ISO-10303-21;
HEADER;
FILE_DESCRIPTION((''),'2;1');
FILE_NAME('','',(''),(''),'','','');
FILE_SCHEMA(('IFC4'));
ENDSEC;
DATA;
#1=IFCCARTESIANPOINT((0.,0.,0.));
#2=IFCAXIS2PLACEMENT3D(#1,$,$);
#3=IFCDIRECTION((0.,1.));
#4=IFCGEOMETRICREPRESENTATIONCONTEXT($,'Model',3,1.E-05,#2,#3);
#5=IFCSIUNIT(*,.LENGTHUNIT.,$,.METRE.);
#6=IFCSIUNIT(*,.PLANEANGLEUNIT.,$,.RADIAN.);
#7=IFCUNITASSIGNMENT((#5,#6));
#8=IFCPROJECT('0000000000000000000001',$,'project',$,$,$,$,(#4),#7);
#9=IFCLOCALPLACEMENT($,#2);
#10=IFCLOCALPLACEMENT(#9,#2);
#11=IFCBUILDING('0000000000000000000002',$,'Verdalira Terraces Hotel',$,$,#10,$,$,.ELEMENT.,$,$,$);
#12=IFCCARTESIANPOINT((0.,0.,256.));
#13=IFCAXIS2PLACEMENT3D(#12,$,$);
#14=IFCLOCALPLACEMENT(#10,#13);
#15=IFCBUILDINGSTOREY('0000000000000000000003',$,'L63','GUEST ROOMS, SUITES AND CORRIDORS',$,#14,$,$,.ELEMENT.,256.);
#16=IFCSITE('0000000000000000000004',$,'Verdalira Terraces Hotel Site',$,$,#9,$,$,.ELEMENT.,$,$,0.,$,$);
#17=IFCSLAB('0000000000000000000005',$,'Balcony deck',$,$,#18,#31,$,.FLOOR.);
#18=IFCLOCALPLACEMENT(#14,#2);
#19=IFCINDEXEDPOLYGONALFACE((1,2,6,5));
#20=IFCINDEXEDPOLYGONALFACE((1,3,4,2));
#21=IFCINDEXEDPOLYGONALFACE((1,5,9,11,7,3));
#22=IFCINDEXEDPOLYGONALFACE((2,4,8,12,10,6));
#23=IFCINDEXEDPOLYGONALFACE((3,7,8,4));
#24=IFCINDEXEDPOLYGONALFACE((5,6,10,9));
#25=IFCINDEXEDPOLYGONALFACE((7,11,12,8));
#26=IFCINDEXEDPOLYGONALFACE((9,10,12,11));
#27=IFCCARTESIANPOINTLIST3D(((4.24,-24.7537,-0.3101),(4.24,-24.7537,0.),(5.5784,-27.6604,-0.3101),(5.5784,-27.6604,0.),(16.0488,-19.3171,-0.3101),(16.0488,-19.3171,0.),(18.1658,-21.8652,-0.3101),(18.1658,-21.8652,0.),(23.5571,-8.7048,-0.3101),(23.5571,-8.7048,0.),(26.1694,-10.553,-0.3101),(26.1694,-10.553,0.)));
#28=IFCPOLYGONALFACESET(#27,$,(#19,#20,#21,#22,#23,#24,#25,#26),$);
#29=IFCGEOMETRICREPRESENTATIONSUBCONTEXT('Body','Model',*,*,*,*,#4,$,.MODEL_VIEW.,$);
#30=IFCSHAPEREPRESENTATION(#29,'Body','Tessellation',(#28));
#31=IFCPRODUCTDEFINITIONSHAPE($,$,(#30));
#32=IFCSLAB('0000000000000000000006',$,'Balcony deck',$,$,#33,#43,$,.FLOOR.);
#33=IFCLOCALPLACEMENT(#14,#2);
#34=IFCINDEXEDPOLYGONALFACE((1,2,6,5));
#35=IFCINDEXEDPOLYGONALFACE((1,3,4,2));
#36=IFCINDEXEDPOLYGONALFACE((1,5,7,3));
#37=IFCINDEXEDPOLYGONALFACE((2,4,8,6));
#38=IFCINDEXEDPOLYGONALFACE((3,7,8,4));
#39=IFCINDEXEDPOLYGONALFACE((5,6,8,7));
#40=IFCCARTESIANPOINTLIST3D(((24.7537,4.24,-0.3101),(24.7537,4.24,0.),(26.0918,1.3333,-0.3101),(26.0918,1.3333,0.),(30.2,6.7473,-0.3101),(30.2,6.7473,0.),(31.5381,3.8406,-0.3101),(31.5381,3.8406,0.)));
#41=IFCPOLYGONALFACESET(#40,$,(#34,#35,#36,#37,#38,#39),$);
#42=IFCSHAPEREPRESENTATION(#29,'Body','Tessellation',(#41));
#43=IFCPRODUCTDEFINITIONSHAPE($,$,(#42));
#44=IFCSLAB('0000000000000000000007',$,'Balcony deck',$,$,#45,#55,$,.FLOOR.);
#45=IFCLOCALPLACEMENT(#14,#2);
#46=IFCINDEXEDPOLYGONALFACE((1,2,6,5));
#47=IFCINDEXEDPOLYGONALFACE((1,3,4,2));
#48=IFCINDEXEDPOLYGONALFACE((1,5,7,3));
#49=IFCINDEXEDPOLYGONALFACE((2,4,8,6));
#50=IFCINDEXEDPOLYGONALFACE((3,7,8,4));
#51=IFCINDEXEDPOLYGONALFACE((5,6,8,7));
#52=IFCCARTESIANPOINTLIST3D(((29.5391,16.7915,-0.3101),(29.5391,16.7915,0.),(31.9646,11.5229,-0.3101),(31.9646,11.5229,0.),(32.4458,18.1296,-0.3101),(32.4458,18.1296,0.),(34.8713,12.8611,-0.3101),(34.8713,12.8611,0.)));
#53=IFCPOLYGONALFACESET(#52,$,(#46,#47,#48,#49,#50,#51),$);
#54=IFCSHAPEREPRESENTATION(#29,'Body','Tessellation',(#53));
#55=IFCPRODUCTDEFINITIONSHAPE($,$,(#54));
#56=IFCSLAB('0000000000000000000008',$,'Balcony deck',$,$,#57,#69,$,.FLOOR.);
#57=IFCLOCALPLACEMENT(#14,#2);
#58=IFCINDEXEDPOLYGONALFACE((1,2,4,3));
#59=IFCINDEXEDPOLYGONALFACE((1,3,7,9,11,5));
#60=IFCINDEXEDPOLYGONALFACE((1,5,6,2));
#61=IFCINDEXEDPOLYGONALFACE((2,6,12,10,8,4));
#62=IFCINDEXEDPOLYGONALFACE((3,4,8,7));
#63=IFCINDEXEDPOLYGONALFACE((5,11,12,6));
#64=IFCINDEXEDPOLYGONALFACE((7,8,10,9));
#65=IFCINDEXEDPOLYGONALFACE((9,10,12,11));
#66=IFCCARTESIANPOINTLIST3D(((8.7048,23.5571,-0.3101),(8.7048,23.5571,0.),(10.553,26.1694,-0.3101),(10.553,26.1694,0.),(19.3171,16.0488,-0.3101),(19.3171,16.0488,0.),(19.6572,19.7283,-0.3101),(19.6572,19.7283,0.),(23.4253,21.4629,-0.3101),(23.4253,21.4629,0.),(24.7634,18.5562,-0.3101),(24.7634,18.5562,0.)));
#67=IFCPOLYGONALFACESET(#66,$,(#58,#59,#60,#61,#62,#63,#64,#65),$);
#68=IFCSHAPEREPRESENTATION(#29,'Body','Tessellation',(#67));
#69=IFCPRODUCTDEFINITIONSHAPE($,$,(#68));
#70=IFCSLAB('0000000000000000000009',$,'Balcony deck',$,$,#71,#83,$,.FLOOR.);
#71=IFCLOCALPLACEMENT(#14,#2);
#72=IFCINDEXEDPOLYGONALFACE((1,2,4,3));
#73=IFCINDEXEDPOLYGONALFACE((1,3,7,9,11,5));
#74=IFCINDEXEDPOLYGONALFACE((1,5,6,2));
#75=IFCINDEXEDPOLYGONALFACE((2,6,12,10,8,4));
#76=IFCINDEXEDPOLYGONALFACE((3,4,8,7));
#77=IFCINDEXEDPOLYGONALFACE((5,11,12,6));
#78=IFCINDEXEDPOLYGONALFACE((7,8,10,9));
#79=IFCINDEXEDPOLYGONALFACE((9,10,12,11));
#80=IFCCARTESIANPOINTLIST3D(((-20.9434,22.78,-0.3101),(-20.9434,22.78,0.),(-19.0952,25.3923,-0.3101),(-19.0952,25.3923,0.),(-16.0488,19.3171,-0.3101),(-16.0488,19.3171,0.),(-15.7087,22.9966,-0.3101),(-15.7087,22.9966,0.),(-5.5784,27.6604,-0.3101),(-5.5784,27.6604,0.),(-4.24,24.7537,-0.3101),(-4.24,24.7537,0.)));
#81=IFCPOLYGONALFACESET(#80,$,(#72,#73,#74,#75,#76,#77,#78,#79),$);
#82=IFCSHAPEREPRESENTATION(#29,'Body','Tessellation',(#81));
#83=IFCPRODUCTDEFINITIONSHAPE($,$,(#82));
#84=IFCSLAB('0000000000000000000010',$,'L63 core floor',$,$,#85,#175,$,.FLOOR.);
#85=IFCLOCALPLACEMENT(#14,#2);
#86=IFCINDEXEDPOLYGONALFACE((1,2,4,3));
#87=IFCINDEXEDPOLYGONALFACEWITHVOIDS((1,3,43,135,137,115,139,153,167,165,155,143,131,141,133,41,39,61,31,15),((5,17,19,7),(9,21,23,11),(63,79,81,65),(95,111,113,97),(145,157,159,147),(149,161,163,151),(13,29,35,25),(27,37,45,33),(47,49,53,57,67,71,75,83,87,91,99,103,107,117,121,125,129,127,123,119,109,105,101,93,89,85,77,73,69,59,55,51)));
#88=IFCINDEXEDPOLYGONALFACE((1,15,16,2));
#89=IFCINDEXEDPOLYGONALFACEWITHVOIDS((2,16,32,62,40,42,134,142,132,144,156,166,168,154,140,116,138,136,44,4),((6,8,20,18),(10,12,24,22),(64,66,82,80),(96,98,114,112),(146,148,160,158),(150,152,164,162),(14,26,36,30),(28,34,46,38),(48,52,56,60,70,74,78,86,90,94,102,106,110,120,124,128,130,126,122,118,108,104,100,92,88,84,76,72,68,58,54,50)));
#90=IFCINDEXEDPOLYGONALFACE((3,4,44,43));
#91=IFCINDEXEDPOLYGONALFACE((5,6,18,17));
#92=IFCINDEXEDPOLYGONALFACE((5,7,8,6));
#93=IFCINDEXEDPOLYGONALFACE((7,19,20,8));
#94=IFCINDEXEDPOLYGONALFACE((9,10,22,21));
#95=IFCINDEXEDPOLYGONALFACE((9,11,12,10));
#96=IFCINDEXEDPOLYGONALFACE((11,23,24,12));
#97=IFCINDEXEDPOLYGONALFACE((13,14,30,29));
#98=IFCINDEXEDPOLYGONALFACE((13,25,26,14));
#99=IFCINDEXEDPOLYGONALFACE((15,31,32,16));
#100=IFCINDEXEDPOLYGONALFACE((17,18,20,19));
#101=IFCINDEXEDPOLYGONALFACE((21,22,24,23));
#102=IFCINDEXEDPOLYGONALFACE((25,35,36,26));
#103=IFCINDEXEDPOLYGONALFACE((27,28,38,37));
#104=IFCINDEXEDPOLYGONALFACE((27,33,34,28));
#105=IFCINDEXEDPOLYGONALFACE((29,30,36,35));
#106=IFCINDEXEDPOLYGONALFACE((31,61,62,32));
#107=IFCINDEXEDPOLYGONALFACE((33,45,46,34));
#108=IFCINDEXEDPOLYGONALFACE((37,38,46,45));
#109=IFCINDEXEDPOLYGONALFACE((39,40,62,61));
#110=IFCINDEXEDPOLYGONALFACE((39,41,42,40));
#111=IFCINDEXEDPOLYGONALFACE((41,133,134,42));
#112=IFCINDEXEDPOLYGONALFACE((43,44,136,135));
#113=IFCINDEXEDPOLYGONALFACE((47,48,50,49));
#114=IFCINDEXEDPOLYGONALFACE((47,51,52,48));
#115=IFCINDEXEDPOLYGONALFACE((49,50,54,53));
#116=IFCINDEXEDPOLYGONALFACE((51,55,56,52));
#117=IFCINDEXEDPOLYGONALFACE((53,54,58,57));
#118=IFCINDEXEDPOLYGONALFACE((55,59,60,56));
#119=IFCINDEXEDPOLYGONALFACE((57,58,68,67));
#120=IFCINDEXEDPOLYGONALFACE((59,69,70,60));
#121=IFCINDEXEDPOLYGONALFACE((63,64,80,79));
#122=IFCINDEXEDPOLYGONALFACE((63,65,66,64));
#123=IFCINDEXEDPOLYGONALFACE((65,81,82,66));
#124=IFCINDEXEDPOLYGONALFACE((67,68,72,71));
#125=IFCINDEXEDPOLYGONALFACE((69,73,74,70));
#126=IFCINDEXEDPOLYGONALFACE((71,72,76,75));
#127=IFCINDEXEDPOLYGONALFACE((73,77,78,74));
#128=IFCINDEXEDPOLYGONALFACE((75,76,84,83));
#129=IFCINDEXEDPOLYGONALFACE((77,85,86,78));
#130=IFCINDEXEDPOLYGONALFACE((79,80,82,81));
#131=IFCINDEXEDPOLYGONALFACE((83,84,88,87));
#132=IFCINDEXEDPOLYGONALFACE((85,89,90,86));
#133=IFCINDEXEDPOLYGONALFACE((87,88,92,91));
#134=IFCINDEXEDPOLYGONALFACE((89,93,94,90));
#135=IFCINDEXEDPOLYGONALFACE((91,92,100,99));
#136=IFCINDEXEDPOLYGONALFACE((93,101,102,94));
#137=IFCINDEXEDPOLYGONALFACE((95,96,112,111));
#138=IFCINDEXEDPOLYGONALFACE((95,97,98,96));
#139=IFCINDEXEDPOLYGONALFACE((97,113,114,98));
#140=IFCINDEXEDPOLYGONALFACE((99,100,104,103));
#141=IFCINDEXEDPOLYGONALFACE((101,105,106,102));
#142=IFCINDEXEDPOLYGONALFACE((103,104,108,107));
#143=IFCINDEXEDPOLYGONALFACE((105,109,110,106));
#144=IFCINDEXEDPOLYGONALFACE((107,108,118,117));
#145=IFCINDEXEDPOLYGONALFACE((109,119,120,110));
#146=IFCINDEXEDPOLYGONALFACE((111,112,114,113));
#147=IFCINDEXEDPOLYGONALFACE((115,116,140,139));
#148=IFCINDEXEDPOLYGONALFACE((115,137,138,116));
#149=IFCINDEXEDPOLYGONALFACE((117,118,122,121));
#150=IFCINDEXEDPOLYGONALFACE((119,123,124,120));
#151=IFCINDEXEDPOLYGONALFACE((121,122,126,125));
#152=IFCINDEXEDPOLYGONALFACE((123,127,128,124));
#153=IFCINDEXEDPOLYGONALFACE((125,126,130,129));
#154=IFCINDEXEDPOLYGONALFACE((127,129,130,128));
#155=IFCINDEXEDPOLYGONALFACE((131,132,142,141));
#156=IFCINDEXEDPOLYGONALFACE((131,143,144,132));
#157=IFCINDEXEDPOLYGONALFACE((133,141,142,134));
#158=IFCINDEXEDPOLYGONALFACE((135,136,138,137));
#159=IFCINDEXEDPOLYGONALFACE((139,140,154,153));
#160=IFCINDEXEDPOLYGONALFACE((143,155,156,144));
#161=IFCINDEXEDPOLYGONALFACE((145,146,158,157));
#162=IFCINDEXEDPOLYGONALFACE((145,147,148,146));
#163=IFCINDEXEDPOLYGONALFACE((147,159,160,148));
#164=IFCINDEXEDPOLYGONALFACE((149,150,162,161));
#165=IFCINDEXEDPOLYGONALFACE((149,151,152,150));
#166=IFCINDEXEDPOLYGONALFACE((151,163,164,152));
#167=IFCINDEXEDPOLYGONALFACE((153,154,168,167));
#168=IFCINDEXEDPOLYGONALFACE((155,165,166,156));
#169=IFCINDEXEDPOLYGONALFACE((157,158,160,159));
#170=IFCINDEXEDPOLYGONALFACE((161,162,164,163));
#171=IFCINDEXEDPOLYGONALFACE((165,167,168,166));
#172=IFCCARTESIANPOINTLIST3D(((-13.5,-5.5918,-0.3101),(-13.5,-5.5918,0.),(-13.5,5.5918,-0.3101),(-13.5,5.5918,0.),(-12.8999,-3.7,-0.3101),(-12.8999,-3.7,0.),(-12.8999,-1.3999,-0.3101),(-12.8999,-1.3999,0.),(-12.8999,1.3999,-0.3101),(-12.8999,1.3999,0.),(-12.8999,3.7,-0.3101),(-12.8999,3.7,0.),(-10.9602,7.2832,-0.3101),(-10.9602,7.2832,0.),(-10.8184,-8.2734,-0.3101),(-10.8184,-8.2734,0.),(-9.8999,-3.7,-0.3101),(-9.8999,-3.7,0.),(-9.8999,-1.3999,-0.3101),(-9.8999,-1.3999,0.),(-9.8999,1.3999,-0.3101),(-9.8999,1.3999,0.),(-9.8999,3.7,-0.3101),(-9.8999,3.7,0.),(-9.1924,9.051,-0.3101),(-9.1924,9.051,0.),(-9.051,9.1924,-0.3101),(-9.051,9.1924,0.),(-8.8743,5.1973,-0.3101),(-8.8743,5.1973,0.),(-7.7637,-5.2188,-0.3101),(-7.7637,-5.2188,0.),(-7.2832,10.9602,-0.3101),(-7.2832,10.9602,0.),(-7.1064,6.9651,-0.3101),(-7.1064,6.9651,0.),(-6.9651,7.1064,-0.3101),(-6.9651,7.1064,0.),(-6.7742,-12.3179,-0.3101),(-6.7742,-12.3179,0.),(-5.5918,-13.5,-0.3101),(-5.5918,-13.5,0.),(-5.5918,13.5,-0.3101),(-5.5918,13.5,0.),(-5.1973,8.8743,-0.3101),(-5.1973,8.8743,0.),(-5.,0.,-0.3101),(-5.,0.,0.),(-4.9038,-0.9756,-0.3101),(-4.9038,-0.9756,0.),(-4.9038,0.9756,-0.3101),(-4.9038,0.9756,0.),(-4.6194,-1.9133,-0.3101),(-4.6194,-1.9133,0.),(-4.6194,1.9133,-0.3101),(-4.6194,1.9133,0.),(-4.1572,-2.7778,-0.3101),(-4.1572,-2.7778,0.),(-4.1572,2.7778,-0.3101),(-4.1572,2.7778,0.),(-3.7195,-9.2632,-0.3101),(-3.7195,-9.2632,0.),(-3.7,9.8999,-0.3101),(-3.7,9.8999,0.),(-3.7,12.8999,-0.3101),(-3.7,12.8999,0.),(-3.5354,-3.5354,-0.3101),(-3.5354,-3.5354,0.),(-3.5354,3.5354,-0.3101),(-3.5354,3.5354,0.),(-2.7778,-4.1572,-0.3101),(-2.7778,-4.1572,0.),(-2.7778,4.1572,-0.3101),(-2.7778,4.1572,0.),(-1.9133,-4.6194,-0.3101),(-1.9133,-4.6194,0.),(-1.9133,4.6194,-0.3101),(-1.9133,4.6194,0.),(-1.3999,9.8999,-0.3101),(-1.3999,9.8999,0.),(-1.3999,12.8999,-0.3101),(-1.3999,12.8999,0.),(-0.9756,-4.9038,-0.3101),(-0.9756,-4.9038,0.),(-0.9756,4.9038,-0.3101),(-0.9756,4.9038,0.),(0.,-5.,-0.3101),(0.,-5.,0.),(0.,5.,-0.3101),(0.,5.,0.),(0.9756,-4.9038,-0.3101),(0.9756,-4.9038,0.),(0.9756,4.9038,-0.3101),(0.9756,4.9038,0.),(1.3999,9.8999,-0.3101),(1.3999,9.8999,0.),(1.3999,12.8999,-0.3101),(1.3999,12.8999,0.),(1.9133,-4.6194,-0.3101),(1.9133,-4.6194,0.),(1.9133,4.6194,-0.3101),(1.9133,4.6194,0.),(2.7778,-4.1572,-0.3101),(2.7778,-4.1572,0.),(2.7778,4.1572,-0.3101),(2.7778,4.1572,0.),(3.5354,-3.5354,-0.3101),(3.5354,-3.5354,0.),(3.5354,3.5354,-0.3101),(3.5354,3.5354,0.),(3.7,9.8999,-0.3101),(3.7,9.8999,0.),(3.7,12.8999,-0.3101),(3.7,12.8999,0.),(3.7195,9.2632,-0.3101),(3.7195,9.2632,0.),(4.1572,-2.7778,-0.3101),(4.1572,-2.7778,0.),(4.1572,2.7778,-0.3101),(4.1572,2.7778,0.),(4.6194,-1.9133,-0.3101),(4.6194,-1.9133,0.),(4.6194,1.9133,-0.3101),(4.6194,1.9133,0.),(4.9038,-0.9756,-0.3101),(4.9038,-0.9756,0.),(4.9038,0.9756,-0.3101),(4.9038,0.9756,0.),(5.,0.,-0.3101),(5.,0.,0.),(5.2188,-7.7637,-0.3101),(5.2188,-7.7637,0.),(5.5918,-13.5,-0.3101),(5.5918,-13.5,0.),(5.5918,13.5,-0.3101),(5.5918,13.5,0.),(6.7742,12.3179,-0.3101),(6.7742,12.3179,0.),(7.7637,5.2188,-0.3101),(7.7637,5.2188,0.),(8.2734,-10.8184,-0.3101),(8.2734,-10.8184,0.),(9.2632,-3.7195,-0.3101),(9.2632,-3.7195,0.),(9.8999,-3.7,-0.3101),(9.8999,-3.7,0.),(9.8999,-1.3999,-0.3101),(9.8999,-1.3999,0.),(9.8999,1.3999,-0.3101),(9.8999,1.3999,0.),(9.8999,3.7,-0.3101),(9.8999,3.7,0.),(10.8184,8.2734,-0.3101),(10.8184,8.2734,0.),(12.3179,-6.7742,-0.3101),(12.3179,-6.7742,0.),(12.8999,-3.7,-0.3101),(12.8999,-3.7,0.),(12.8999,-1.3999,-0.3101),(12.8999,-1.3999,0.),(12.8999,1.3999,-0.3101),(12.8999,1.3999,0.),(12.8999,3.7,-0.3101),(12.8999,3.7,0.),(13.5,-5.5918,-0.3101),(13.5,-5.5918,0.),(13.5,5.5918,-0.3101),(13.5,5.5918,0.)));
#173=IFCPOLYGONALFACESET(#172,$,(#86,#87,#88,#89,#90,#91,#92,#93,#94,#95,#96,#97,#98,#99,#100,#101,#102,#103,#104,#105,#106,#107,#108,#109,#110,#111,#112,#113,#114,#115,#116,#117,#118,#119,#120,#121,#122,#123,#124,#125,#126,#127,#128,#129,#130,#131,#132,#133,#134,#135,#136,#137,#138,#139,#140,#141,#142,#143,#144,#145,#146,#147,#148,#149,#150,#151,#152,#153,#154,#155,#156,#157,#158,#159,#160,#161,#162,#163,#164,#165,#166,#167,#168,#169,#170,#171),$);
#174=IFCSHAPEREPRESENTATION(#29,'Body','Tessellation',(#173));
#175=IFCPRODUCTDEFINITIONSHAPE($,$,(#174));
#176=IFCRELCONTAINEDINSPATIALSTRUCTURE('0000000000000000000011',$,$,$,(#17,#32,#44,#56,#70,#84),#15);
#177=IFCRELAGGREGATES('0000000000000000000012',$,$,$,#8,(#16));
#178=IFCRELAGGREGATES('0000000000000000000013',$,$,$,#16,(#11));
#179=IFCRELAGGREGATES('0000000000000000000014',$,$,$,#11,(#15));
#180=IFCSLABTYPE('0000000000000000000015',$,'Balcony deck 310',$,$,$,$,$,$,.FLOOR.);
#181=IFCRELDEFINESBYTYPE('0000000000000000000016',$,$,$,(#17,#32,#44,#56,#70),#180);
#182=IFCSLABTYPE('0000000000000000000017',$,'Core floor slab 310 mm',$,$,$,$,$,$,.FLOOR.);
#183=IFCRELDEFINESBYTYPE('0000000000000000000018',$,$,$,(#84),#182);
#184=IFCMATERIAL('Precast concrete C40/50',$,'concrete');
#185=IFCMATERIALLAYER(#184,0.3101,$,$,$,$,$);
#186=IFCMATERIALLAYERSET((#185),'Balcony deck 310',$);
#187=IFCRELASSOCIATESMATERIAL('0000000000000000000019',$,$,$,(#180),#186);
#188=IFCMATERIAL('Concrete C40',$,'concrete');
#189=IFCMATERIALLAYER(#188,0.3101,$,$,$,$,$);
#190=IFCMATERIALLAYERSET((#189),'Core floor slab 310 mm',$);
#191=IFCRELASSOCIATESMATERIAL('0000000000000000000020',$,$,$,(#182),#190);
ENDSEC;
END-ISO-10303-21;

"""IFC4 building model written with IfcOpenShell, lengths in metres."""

from ifc_helpers import new_model, si_unit, direction, frame, origin, place, context, subcontext, project, spatial, polyline, outline, extrude, material, layer, layer_set, type_object, element, save


model = new_model("IFC4")

# Units and contexts
model_context = context("Model", 3, precision=1e-05, world=origin(), true_north=direction((0.0, 1.0)))
body_context = subcontext(model_context, "Body", "Model", "MODEL_VIEW")
ifc_project = project(units=[si_unit("LENGTHUNIT", "METRE"), si_unit("PLANEANGLEUNIT", "RADIAN")], contexts=[model_context])

# Site, building, storey
site_placement = place(None, origin())
site = spatial("IfcSite", under=ifc_project, at=site_placement, Name="Verdalira Terraces Hotel Site", CompositionType="ELEMENT", RefElevation=0.0)
building_placement = place(site_placement, origin())
building = spatial("IfcBuilding", under=site, at=building_placement, Name="Verdalira Terraces Hotel", CompositionType="ELEMENT")
storey_placement = place(building_placement, frame((0.0, 0.0, 256.0)))
storey = spatial("IfcBuildingStorey", under=building, at=storey_placement, Name="L63", Description="GUEST ROOMS, SUITES AND CORRIDORS", CompositionType="ELEMENT", Elevation=256.0)

# Slabs
ifc_material_1 = material(Name="Precast concrete C40/50", Category="concrete")
ifc_layer_1 = layer(ifc_material_1, 0.3101)
ifc_layer_set_1 = layer_set([ifc_layer_1], Name="Balcony deck 310")
slab_type_1 = type_object("IfcSlabType", Name="Balcony deck 310", PredefinedType="FLOOR", material=ifc_layer_set_1)
slab_1_placement = place(storey_placement, frame((0.0, 0.0, -0.3101)))
element("IfcSlab", 1, at=slab_1_placement, inside=storey, type_object=slab_type_1, Name="Balcony deck", PredefinedType="FLOOR", context=body_context, shape_type="SweptSolid", body=[
    extrude(outline(polyline([(26.1694, -10.553), (23.5571, -8.7048), (16.0488, -19.3171), (4.24, -24.7537), (5.5784, -27.6604), (18.1658, -21.8652), (26.1694, -10.553)])), origin(), (0.0, 0.0, 1.0), 0.3101),
])
slab_2_placement = place(storey_placement, frame((0.0, 0.0, -0.3101)))
element("IfcSlab", 2, at=slab_2_placement, inside=storey, type_object=slab_type_1, Name="Balcony deck", PredefinedType="FLOOR", context=body_context, shape_type="SweptSolid", body=[
    extrude(outline(polyline([(31.5381, 3.8406), (30.2, 6.7473), (24.7537, 4.24), (26.0918, 1.3333), (31.5381, 3.8406)])), origin(), (0.0, 0.0, 1.0), 0.3101),
])
slab_3_placement = place(storey_placement, frame((0.0, 0.0, -0.3101)))
element("IfcSlab", 3, at=slab_3_placement, inside=storey, type_object=slab_type_1, Name="Balcony deck", PredefinedType="FLOOR", context=body_context, shape_type="SweptSolid", body=[
    extrude(outline(polyline([(32.4458, 18.1296), (29.5391, 16.7915), (31.9646, 11.5229), (34.8713, 12.8611), (32.4458, 18.1296)])), origin(), (0.0, 0.0, 1.0), 0.3101),
])
slab_4_placement = place(storey_placement, frame((0.0, 0.0, -0.3101)))
element("IfcSlab", 4, at=slab_4_placement, inside=storey, type_object=slab_type_1, Name="Balcony deck", PredefinedType="FLOOR", context=body_context, shape_type="SweptSolid", body=[
    extrude(outline(polyline([(10.553, 26.1694), (8.7048, 23.5571), (19.3171, 16.0488), (24.7634, 18.5562), (23.4253, 21.4629), (19.6572, 19.7283), (10.553, 26.1694)])), origin(), (0.0, 0.0, 1.0), 0.3101),
])
slab_5_placement = place(storey_placement, frame((0.0, 0.0, -0.3101)))
element("IfcSlab", 5, at=slab_5_placement, inside=storey, type_object=slab_type_1, Name="Balcony deck", PredefinedType="FLOOR", context=body_context, shape_type="SweptSolid", body=[
    extrude(outline(polyline([(-15.7087, 22.9966), (-19.0952, 25.3923), (-20.9434, 22.78), (-16.0488, 19.3171), (-4.24, 24.7537), (-5.5784, 27.6604), (-15.7087, 22.9966)])), origin(), (0.0, 0.0, 1.0), 0.3101),
])
ifc_material_2 = material(Name="Concrete C40", Category="concrete")
ifc_layer_2 = layer(ifc_material_2, 0.3101)
ifc_layer_set_2 = layer_set([ifc_layer_2], Name="Core floor slab 310 mm")
slab_type_2 = type_object("IfcSlabType", Name="Core floor slab 310 mm", PredefinedType="FLOOR", material=ifc_layer_set_2)
slab_6_placement = place(storey_placement, frame((0.0, 0.0, -0.3101)))
element("IfcSlab", 6, at=slab_6_placement, inside=storey, type_object=slab_type_2, Name="L63 core floor", PredefinedType="FLOOR", context=body_context, shape_type="SweptSolid", body=[
    extrude(outline(polyline([(-6.7742, -12.3179), (-3.7195, -9.2632), (-7.7637, -5.2188), (-10.8184, -8.2734), (-13.5, -5.5918), (-13.5, 5.5918), (-5.5918, 13.5), (5.5918, 13.5), (6.7742, 12.3179), (3.7195, 9.2632), (7.7637, 5.2188), (10.8184, 8.2734), (13.5, 5.5918), (13.5, -5.5918), (12.3179, -6.7742), (9.2632, -3.7195), (5.2188, -7.7637), (8.2734, -10.8184), (5.5918, -13.5), (-5.5918, -13.5), (-6.7742, -12.3179)]), holes=[polyline([(9.8999, -1.3999), (9.8999, -3.7), (12.8999, -3.7), (12.8999, -1.3999), (9.8999, -1.3999)]), polyline([(9.8999, 3.7), (9.8999, 1.3999), (12.8999, 1.3999), (12.8999, 3.7), (9.8999, 3.7)]), polyline([(3.7, 12.8999), (1.3999, 12.8999), (1.3999, 9.8999), (3.7, 9.8999), (3.7, 12.8999)]), polyline([(-1.3999, 12.8999), (-3.7, 12.8999), (-3.7, 9.8999), (-1.3999, 9.8999), (-1.3999, 12.8999)]), polyline([(-9.8999, 1.3999), (-9.8999, 3.7), (-12.8999, 3.7), (-12.8999, 1.3999), (-9.8999, 1.3999)]), polyline([(-9.8999, -3.7), (-9.8999, -1.3999), (-12.8999, -1.3999), (-12.8999, -3.7), (-9.8999, -3.7)]), polyline([(-9.051, 9.1924), (-6.9651, 7.1064), (-5.1973, 8.8743), (-7.2832, 10.9602), (-9.051, 9.1924)]), polyline([(-9.1924, 9.051), (-10.9602, 7.2832), (-8.8743, 5.1973), (-7.1064, 6.9651), (-9.1924, 9.051)]), polyline([(3.5354, 3.5354), (2.7778, 4.1572), (1.9133, 4.6194), (0.9756, 4.9038), (0.0, 5.0), (-0.9756, 4.9038), (-1.9133, 4.6194), (-2.7778, 4.1572), (-3.5354, 3.5354), (-4.1572, 2.7778), (-4.6194, 1.9133), (-4.9038, 0.9756), (-5.0, 0.0), (-4.9038, -0.9756), (-4.6194, -1.9133), (-4.1572, -2.7778), (-3.5354, -3.5354), (-2.7778, -4.1572), (-1.9133, -4.6194), (-0.9756, -4.9038), (0.0, -5.0), (0.9756, -4.9038), (1.9133, -4.6194), (2.7778, -4.1572), (3.5354, -3.5354), (4.1572, -2.7778), (4.6194, -1.9133), (4.9038, -0.9756), (5.0, 0.0), (4.9038, 0.9756), (4.6194, 1.9133), (4.1572, 2.7778), (3.5354, 3.5354)])]), origin(), (0.0, 0.0, 1.0), 0.3101),
])

save(model, "model.ifc")
